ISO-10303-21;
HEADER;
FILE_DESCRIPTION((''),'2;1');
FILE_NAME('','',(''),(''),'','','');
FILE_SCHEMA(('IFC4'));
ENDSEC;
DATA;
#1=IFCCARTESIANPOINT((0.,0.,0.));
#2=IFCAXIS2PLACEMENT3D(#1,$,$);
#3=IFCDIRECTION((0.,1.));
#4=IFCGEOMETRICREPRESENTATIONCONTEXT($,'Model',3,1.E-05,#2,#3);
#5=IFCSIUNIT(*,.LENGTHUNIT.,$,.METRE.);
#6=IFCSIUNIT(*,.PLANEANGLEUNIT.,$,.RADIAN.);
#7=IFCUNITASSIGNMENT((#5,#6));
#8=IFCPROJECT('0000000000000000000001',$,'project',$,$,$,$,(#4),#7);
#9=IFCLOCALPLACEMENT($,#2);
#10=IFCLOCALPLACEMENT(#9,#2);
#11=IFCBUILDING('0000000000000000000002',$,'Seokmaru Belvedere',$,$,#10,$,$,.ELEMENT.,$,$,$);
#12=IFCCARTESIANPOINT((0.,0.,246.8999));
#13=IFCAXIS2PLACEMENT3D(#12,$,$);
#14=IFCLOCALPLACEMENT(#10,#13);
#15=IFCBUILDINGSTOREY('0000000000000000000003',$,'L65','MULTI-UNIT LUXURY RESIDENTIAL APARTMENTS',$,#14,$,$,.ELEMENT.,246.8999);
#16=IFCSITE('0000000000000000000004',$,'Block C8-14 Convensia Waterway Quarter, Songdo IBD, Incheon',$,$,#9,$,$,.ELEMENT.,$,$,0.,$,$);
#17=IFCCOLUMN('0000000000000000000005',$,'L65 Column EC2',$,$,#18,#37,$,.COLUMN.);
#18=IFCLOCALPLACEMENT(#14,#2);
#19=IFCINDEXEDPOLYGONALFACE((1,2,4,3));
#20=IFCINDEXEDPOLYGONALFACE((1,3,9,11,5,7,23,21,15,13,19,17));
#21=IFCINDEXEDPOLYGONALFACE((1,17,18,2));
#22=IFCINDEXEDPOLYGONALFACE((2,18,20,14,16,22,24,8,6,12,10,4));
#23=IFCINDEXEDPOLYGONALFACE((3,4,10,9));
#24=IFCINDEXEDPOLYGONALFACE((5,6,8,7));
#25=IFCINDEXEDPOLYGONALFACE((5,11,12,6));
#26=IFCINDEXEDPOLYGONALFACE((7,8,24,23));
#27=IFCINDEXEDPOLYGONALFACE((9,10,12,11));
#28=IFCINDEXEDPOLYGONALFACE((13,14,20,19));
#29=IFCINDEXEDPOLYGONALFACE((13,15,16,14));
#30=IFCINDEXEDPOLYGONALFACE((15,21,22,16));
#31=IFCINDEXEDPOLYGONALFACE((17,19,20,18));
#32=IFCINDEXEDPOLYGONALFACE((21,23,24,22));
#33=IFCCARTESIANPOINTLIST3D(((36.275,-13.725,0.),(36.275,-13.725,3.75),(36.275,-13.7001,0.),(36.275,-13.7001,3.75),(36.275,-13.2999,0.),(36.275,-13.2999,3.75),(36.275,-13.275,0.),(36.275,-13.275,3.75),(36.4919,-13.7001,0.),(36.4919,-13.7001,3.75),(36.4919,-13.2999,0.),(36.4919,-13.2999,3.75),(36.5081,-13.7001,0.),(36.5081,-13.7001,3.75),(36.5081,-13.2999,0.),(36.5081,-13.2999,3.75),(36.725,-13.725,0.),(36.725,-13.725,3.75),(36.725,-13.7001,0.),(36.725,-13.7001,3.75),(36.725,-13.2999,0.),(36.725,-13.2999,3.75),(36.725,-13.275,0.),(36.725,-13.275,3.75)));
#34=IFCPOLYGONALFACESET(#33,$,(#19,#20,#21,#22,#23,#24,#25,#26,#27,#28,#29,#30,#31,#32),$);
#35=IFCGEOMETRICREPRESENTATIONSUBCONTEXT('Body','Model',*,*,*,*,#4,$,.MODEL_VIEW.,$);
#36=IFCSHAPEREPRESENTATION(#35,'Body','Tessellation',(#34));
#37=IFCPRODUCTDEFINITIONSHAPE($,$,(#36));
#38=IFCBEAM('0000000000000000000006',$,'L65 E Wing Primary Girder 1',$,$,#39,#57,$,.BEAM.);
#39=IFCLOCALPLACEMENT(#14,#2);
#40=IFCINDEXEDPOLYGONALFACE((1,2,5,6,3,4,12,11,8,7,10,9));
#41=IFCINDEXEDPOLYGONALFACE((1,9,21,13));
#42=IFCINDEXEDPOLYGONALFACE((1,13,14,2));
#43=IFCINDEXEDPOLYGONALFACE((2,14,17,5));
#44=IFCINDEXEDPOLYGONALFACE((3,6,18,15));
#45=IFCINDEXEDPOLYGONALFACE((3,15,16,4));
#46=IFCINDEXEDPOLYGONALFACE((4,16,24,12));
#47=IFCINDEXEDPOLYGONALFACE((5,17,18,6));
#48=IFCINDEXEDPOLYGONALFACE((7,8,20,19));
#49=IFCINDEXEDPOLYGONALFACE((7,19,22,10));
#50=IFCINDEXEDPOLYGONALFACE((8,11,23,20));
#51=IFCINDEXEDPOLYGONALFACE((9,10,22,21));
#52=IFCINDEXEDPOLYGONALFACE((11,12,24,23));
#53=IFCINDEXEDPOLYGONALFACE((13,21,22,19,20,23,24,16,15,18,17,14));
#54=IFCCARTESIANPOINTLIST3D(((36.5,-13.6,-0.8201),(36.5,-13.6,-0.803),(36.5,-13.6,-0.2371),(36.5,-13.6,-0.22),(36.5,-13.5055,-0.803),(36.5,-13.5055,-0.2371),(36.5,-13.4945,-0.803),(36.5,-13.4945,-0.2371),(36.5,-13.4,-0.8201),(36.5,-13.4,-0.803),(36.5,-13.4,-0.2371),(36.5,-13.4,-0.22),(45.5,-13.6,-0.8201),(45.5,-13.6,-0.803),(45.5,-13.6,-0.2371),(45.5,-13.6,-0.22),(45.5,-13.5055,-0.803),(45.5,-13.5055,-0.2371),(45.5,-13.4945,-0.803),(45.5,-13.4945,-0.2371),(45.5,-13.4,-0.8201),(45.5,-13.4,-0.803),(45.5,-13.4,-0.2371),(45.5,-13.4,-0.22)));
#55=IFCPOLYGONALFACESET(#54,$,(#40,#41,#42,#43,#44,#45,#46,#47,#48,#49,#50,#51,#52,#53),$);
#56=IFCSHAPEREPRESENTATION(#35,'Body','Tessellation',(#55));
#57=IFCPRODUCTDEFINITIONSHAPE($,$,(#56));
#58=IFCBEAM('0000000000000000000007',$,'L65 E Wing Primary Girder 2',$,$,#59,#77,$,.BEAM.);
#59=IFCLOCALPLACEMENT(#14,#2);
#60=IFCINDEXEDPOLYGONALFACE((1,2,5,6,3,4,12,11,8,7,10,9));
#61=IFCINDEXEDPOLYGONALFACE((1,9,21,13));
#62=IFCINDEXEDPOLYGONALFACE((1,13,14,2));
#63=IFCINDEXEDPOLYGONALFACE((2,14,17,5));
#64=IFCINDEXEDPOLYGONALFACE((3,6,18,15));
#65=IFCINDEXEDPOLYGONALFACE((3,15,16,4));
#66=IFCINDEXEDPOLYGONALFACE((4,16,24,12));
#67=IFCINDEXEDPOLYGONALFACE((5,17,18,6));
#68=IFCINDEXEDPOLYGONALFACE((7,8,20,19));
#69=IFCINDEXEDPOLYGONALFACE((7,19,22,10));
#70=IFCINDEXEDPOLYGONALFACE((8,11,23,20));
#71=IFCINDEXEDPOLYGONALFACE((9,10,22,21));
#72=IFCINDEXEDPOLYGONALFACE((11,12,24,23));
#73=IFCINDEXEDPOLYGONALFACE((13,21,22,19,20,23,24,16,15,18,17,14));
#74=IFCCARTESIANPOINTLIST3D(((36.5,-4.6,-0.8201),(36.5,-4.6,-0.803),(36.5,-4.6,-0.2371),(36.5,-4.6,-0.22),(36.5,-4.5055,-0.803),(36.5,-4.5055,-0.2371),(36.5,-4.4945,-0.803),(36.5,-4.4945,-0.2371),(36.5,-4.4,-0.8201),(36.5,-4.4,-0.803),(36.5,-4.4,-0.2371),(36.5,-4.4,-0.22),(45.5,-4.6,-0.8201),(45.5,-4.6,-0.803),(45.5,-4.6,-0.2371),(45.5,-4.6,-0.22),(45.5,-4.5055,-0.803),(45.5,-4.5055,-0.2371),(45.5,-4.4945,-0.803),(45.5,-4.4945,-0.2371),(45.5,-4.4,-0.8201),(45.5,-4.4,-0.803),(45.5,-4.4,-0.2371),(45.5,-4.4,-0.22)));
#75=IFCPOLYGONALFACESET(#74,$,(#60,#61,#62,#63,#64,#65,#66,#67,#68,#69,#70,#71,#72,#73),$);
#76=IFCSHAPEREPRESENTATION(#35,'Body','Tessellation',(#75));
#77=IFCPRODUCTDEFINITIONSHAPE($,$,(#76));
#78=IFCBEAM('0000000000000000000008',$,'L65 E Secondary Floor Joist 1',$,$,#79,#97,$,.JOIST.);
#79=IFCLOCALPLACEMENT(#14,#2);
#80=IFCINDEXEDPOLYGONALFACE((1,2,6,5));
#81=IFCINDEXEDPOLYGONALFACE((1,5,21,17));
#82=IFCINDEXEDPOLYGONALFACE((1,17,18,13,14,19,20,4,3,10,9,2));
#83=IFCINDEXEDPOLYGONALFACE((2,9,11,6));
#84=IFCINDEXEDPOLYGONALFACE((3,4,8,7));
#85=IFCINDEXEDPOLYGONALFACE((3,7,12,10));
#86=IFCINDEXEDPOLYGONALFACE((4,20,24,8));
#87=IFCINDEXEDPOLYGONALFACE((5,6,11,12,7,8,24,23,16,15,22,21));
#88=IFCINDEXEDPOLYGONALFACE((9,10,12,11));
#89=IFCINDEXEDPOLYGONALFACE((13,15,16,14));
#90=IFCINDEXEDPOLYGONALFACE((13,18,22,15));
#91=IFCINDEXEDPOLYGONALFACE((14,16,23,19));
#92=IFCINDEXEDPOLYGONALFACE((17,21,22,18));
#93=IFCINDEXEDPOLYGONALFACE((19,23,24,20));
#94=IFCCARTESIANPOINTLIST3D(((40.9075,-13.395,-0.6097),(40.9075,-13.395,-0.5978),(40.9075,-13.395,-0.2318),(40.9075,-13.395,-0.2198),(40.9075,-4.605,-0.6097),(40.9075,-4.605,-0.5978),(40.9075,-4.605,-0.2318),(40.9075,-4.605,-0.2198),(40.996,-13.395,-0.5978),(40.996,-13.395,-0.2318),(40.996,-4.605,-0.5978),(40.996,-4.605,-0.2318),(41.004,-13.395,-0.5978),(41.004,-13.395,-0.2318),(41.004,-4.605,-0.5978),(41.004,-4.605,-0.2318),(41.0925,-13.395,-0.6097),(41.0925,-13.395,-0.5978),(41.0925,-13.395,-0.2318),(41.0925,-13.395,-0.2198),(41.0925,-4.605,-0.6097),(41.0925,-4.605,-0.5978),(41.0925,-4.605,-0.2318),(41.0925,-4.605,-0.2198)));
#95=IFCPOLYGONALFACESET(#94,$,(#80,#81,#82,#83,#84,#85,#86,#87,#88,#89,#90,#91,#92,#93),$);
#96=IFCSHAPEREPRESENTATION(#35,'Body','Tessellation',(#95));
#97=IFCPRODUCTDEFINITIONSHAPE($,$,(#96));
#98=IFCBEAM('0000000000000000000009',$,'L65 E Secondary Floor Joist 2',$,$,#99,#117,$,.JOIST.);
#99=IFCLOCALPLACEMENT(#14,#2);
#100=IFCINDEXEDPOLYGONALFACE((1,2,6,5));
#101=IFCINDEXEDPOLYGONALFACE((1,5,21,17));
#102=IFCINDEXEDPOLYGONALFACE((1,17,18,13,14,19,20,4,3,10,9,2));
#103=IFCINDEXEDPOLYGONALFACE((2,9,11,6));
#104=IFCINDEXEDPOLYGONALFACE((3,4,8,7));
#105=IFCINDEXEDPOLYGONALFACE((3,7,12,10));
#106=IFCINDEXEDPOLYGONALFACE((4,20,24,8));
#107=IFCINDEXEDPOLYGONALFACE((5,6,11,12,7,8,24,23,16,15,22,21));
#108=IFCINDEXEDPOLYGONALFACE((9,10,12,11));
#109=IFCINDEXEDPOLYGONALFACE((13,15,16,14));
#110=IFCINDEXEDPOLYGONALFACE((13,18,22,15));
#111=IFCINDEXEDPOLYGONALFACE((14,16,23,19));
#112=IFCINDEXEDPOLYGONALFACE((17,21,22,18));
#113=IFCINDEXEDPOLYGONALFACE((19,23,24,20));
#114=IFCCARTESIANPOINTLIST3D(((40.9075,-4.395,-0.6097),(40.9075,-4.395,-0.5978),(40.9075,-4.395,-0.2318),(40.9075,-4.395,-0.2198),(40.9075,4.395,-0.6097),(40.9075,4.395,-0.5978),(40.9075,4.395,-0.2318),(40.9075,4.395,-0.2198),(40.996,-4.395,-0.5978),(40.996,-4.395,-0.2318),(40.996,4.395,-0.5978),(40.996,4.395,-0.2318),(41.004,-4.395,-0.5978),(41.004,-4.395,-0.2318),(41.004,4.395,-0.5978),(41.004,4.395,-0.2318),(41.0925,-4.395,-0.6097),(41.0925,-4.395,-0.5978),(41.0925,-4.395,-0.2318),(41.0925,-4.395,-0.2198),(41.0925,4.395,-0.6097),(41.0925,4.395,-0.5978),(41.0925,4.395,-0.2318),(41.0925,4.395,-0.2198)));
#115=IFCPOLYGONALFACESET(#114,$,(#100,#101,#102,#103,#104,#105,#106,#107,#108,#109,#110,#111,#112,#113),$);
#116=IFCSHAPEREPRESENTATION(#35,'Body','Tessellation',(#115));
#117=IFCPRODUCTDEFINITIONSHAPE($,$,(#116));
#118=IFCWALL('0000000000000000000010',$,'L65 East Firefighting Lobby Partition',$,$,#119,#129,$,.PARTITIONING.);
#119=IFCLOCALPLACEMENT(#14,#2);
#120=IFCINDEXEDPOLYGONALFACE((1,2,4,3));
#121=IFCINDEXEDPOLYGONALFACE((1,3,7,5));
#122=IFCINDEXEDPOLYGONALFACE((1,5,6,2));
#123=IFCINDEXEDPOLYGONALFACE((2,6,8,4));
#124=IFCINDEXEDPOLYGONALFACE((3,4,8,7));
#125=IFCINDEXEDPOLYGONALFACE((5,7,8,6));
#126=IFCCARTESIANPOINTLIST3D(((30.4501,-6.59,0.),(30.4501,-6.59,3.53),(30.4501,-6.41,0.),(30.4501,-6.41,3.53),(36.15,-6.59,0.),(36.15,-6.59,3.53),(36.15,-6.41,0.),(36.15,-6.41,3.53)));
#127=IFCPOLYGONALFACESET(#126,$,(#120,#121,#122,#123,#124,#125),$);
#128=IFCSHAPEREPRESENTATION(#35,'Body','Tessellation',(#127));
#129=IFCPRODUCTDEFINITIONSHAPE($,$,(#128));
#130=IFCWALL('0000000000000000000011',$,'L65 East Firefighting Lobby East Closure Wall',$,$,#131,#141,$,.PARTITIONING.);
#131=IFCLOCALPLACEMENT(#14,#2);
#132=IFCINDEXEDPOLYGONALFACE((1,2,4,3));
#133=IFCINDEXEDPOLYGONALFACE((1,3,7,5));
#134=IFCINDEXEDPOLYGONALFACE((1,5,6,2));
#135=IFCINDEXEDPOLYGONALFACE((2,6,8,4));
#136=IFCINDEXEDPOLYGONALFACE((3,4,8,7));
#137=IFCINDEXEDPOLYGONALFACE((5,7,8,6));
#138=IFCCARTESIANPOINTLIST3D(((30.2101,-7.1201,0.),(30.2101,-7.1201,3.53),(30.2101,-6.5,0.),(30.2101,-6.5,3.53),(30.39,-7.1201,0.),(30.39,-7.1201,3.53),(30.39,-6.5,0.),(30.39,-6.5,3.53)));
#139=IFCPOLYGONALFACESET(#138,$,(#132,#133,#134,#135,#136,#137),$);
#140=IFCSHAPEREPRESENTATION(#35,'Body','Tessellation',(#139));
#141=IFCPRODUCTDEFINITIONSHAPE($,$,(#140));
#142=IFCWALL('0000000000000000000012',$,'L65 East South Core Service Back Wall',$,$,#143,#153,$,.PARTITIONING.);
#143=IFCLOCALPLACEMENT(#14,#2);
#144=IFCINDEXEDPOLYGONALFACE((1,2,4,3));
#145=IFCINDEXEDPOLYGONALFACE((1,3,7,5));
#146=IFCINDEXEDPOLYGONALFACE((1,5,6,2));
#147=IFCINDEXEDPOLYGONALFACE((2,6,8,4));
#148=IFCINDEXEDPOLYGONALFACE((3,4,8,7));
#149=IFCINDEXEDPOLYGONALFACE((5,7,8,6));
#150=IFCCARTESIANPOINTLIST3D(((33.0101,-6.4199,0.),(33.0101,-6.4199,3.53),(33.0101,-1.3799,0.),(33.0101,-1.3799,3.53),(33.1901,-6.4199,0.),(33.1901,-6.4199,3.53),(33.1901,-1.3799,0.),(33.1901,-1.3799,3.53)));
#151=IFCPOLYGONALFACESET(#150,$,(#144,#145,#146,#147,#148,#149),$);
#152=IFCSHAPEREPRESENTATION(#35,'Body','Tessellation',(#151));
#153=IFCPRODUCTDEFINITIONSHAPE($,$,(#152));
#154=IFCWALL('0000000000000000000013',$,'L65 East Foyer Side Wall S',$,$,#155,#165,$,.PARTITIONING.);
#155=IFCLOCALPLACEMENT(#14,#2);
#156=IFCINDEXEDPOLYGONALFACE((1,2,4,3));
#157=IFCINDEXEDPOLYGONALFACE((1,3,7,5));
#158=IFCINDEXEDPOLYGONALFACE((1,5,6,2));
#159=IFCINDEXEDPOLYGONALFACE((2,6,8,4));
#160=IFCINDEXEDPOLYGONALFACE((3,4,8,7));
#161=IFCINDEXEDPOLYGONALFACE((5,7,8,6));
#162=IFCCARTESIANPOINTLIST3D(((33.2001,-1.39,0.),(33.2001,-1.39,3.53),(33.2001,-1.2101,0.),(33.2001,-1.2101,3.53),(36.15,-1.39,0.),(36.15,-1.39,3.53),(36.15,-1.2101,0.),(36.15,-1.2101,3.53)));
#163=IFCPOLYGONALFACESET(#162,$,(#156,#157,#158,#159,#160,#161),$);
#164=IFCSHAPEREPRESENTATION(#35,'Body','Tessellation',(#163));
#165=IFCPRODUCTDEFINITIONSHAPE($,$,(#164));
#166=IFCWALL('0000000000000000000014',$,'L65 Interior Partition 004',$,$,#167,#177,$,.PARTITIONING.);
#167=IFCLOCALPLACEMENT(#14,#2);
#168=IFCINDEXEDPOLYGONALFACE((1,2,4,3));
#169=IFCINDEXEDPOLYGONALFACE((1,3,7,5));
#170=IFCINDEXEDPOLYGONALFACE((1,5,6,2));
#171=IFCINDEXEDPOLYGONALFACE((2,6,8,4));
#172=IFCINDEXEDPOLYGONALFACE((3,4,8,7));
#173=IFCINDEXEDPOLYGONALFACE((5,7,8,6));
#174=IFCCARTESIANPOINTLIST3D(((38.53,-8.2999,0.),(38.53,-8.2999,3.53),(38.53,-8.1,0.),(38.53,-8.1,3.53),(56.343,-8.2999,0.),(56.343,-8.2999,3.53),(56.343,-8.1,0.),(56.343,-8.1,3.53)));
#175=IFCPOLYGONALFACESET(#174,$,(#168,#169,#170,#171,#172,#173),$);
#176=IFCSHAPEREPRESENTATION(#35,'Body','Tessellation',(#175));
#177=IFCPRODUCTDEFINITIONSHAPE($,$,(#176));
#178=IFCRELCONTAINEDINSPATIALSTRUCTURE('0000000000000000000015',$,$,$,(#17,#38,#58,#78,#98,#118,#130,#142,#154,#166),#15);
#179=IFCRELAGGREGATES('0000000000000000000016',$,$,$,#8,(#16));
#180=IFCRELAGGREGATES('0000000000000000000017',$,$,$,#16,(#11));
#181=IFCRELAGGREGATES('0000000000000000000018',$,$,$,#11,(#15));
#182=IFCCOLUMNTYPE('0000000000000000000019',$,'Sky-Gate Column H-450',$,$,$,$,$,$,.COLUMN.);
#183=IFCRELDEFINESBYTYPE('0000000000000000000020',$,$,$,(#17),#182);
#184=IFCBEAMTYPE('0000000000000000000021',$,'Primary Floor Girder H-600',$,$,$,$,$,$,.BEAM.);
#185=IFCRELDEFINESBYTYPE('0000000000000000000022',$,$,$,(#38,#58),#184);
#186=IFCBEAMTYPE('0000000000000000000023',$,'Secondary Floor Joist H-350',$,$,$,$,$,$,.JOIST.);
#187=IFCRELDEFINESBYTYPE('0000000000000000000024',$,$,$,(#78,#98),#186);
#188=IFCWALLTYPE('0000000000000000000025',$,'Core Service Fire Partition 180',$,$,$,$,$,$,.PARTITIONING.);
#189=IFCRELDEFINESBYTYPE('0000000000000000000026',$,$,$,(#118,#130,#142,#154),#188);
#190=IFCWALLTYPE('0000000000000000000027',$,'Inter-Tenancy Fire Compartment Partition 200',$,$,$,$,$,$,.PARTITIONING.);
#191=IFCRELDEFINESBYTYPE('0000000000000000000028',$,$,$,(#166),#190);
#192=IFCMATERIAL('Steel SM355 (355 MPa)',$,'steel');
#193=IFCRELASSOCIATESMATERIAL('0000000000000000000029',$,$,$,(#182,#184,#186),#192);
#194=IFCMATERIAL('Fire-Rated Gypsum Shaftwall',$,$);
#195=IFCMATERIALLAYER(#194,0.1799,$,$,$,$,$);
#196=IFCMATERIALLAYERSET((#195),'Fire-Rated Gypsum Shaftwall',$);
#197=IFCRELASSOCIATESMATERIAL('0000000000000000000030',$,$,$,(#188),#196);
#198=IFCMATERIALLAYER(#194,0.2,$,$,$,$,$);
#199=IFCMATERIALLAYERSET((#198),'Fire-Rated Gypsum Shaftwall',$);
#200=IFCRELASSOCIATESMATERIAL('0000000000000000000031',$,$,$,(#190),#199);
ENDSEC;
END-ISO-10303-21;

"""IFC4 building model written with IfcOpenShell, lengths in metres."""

from ifc_helpers import new_model, si_unit, direction, frame, frame_2d, origin, origin_2d, place, context, subcontext, project, spatial, rectangle, i_section, extrude, source, transform, mapped, material, layer, layer_set, material_profile, profile_set, type_object, type_shapes, element, save


model = new_model("IFC4")

# Units and contexts
model_context = context("Model", 3, precision=1e-05, world=origin(), true_north=direction((0.0, 1.0)))
body_context = subcontext(model_context, "Body", "Model", "MODEL_VIEW")
ifc_project = project(units=[si_unit("LENGTHUNIT", "METRE"), si_unit("PLANEANGLEUNIT", "RADIAN")], contexts=[model_context])

# Site, building, storey
site_placement = place(None, origin())
site = spatial("IfcSite", under=ifc_project, at=site_placement, Name="Block C8-14 Convensia Waterway Quarter, Songdo IBD, Incheon", CompositionType="ELEMENT", RefElevation=0.0)
building_placement = place(site_placement, origin())
building = spatial("IfcBuilding", under=site, at=building_placement, Name="Seokmaru Belvedere", CompositionType="ELEMENT")
storey_placement = place(building_placement, frame((0.0, 0.0, 246.8999)))
storey = spatial("IfcBuildingStorey", under=building, at=storey_placement, Name="L65", Description="MULTI-UNIT LUXURY RESIDENTIAL APARTMENTS", CompositionType="ELEMENT", Elevation=246.8999)

# Column
ifc_material_1 = material(Name="Steel SM355 (355 MPa)", Category="steel")
ifc_material_profile_1 = material_profile(ifc_material_1, i_section(OverallWidth=0.45, OverallDepth=0.45, WebThickness=0.0161, FlangeThickness=0.0249, at=origin_2d()), Name="H-450x450x16x25")
ifc_profile_set_1 = profile_set([ifc_material_profile_1], Name="Steel SM355 (355 MPa)")
column_type = type_object("IfcColumnType", Name="Sky-Gate Column H-450", PredefinedType="COLUMN", material=ifc_profile_set_1)
shared_shape_1 = source(origin(), body_context, "Body", "SweptSolid", [
    extrude(i_section(OverallWidth=0.45, OverallDepth=0.45, WebThickness=0.0161, FlangeThickness=0.0249, at=origin_2d()), origin(), (0.0, 0.0, 1.0), 3.75),
])
type_shapes(column_type, [shared_shape_1])
column_placement = place(storey_placement, frame((36.5, -13.5, 0.0), z_axis=(0.0, 0.0, 1.0), x_axis=(1.0, 0.0, 0.0)))
element("IfcColumn", 1, at=column_placement, inside=storey, type_object=column_type, Name="L65 Column EC2", PredefinedType="COLUMN", context=body_context, shape_type="MappedRepresentation", body=[
    mapped(shared_shape_1, transform((0.0, 0.0, 0.0), scale=1.0)),
])

# Beams
ifc_material_profile_2 = material_profile(ifc_material_1, i_section(OverallWidth=0.2, OverallDepth=0.6001, WebThickness=0.011, FlangeThickness=0.0171, at=origin_2d()), Name="H-600x200x11x17")
ifc_profile_set_2 = profile_set([ifc_material_profile_2], Name="Steel SM355 (355 MPa)")
beam_type_1 = type_object("IfcBeamType", Name="Primary Floor Girder H-600", PredefinedType="BEAM", material=ifc_profile_set_2)
shared_shape_2 = source(origin(), body_context, "Body", "SweptSolid", [
    extrude(i_section(OverallWidth=0.2, OverallDepth=0.6001, WebThickness=0.011, FlangeThickness=0.0171, at=origin_2d()), origin(), (0.0, 0.0, 1.0), 9.0),
])
type_shapes(beam_type_1, [shared_shape_2])
for number, where, z_axis, x_axis, name in (
    (2, (36.5, -13.5, -0.52), (1.0, 0.0, 0.0), (0.0, 1.0, 0.0), "L65 E Wing Primary Girder 1"),
    (3, (36.5, -4.5, -0.52), (1.0, 0.0, 0.0), (0.0, 1.0, 0.0), "L65 E Wing Primary Girder 2"),
):
    element("IfcBeam", number, at=place(storey_placement, frame(where, z_axis=z_axis, x_axis=x_axis)), inside=storey, type_object=beam_type_1, Name=name, PredefinedType="BEAM", context=body_context, shape_type="MappedRepresentation", body=[
        mapped(shared_shape_2, transform((0.0, 0.0, 0.0), scale=1.0)),
    ])
ifc_material_profile_3 = material_profile(ifc_material_1, i_section(OverallWidth=0.1851, OverallDepth=0.3899, WebThickness=0.0081, FlangeThickness=0.012, at=origin_2d()), Name="H-390x185x8x12")
ifc_profile_set_3 = profile_set([ifc_material_profile_3], Name="Steel SM355 (355 MPa)")
beam_type_2 = type_object("IfcBeamType", Name="Secondary Floor Joist H-350", PredefinedType="JOIST", material=ifc_profile_set_3)
shared_shape_3 = source(origin(), body_context, "Body", "SweptSolid", [
    extrude(i_section(OverallWidth=0.1851, OverallDepth=0.3899, WebThickness=0.0081, FlangeThickness=0.012, at=origin_2d()), origin(), (0.0, 0.0, 1.0), 8.79),
])
type_shapes(beam_type_2, [shared_shape_3])
for number, where, z_axis, x_axis, name in (
    (4, (41.0, -13.395, -0.4148), (0.0, 1.0, 0.0), (-1.0, 0.0, 0.0), "L65 E Secondary Floor Joist 1"),
    (5, (41.0, -4.395, -0.4148), (0.0, 1.0, 0.0), (-1.0, 0.0, 0.0), "L65 E Secondary Floor Joist 2"),
):
    element("IfcBeam", number, at=place(storey_placement, frame(where, z_axis=z_axis, x_axis=x_axis)), inside=storey, type_object=beam_type_2, Name=name, PredefinedType="JOIST", context=body_context, shape_type="MappedRepresentation", body=[
        mapped(shared_shape_3, transform((0.0, 0.0, 0.0), scale=1.0)),
    ])

# Walls
ifc_material_2 = material(Name="Fire-Rated Gypsum Shaftwall")
ifc_layer_1 = layer(ifc_material_2, 0.1799)
ifc_layer_set_1 = layer_set([ifc_layer_1], Name="Fire-Rated Gypsum Shaftwall")
wall_type_1 = type_object("IfcWallType", Name="Core Service Fire Partition 180", PredefinedType="PARTITIONING", material=ifc_layer_set_1)
wall_1_placement = place(storey_placement, frame((30.45, -6.5, 0.0), z_axis=(0.0, 0.0, 1.0), x_axis=(1.0, 0.0, 0.0)))
element("IfcWall", 6, at=wall_1_placement, inside=storey, type_object=wall_type_1, Name="L65 East Firefighting Lobby Partition", PredefinedType="PARTITIONING", context=body_context, shape_type="SweptSolid", body=[
    extrude(rectangle(XDim=5.7, YDim=0.1799, at=frame_2d((2.8501, 0.0))), origin(), (0.0, 0.0, 1.0), 3.53),
])
wall_2_placement = place(storey_placement, frame((30.3, -7.1201, 0.0), z_axis=(0.0, 0.0, 1.0), x_axis=(0.0, 1.0, 0.0)))
element("IfcWall", 7, at=wall_2_placement, inside=storey, type_object=wall_type_1, Name="L65 East Firefighting Lobby East Closure Wall", PredefinedType="PARTITIONING", context=body_context, shape_type="SweptSolid", body=[
    extrude(rectangle(XDim=0.6201, YDim=0.1799, at=frame_2d((0.3101, 0.0))), origin(), (0.0, 0.0, 1.0), 3.53),
])
wall_3_placement = place(storey_placement, frame((33.1001, -6.4199, 0.0), z_axis=(0.0, 0.0, 1.0), x_axis=(0.0, 1.0, 0.0)))
element("IfcWall", 8, at=wall_3_placement, inside=storey, type_object=wall_type_1, Name="L65 East South Core Service Back Wall", PredefinedType="PARTITIONING", context=body_context, shape_type="SweptSolid", body=[
    extrude(rectangle(XDim=5.04, YDim=0.1799, at=frame_2d((2.52, 0.0))), origin(), (0.0, 0.0, 1.0), 3.53),
])
wall_4_placement = place(storey_placement, frame((33.2, -1.3, 0.0), z_axis=(0.0, 0.0, 1.0), x_axis=(1.0, 0.0, 0.0)))
element("IfcWall", 9, at=wall_4_placement, inside=storey, type_object=wall_type_1, Name="L65 East Foyer Side Wall S", PredefinedType="PARTITIONING", context=body_context, shape_type="SweptSolid", body=[
    extrude(rectangle(XDim=2.95, YDim=0.1799, at=frame_2d((1.4751, 0.0))), origin(), (0.0, 0.0, 1.0), 3.53),
])
ifc_layer_2 = layer(ifc_material_2, 0.2)
ifc_layer_set_2 = layer_set([ifc_layer_2], Name="Fire-Rated Gypsum Shaftwall")
wall_type_2 = type_object("IfcWallType", Name="Inter-Tenancy Fire Compartment Partition 200", PredefinedType="PARTITIONING", material=ifc_layer_set_2)
wall_5_placement = place(storey_placement, frame((38.53, -8.2, 0.0), z_axis=(0.0, 0.0, 1.0), x_axis=(1.0, 0.0, 0.0)))
element("IfcWall", 10, at=wall_5_placement, inside=storey, type_object=wall_type_2, Name="L65 Interior Partition 004", PredefinedType="PARTITIONING", context=body_context, shape_type="SweptSolid", body=[
    extrude(rectangle(XDim=17.813, YDim=0.2, at=frame_2d((8.9065, 0.0))), origin(), (0.0, 0.0, 1.0), 3.53),
])

save(model, "model.ifc")
